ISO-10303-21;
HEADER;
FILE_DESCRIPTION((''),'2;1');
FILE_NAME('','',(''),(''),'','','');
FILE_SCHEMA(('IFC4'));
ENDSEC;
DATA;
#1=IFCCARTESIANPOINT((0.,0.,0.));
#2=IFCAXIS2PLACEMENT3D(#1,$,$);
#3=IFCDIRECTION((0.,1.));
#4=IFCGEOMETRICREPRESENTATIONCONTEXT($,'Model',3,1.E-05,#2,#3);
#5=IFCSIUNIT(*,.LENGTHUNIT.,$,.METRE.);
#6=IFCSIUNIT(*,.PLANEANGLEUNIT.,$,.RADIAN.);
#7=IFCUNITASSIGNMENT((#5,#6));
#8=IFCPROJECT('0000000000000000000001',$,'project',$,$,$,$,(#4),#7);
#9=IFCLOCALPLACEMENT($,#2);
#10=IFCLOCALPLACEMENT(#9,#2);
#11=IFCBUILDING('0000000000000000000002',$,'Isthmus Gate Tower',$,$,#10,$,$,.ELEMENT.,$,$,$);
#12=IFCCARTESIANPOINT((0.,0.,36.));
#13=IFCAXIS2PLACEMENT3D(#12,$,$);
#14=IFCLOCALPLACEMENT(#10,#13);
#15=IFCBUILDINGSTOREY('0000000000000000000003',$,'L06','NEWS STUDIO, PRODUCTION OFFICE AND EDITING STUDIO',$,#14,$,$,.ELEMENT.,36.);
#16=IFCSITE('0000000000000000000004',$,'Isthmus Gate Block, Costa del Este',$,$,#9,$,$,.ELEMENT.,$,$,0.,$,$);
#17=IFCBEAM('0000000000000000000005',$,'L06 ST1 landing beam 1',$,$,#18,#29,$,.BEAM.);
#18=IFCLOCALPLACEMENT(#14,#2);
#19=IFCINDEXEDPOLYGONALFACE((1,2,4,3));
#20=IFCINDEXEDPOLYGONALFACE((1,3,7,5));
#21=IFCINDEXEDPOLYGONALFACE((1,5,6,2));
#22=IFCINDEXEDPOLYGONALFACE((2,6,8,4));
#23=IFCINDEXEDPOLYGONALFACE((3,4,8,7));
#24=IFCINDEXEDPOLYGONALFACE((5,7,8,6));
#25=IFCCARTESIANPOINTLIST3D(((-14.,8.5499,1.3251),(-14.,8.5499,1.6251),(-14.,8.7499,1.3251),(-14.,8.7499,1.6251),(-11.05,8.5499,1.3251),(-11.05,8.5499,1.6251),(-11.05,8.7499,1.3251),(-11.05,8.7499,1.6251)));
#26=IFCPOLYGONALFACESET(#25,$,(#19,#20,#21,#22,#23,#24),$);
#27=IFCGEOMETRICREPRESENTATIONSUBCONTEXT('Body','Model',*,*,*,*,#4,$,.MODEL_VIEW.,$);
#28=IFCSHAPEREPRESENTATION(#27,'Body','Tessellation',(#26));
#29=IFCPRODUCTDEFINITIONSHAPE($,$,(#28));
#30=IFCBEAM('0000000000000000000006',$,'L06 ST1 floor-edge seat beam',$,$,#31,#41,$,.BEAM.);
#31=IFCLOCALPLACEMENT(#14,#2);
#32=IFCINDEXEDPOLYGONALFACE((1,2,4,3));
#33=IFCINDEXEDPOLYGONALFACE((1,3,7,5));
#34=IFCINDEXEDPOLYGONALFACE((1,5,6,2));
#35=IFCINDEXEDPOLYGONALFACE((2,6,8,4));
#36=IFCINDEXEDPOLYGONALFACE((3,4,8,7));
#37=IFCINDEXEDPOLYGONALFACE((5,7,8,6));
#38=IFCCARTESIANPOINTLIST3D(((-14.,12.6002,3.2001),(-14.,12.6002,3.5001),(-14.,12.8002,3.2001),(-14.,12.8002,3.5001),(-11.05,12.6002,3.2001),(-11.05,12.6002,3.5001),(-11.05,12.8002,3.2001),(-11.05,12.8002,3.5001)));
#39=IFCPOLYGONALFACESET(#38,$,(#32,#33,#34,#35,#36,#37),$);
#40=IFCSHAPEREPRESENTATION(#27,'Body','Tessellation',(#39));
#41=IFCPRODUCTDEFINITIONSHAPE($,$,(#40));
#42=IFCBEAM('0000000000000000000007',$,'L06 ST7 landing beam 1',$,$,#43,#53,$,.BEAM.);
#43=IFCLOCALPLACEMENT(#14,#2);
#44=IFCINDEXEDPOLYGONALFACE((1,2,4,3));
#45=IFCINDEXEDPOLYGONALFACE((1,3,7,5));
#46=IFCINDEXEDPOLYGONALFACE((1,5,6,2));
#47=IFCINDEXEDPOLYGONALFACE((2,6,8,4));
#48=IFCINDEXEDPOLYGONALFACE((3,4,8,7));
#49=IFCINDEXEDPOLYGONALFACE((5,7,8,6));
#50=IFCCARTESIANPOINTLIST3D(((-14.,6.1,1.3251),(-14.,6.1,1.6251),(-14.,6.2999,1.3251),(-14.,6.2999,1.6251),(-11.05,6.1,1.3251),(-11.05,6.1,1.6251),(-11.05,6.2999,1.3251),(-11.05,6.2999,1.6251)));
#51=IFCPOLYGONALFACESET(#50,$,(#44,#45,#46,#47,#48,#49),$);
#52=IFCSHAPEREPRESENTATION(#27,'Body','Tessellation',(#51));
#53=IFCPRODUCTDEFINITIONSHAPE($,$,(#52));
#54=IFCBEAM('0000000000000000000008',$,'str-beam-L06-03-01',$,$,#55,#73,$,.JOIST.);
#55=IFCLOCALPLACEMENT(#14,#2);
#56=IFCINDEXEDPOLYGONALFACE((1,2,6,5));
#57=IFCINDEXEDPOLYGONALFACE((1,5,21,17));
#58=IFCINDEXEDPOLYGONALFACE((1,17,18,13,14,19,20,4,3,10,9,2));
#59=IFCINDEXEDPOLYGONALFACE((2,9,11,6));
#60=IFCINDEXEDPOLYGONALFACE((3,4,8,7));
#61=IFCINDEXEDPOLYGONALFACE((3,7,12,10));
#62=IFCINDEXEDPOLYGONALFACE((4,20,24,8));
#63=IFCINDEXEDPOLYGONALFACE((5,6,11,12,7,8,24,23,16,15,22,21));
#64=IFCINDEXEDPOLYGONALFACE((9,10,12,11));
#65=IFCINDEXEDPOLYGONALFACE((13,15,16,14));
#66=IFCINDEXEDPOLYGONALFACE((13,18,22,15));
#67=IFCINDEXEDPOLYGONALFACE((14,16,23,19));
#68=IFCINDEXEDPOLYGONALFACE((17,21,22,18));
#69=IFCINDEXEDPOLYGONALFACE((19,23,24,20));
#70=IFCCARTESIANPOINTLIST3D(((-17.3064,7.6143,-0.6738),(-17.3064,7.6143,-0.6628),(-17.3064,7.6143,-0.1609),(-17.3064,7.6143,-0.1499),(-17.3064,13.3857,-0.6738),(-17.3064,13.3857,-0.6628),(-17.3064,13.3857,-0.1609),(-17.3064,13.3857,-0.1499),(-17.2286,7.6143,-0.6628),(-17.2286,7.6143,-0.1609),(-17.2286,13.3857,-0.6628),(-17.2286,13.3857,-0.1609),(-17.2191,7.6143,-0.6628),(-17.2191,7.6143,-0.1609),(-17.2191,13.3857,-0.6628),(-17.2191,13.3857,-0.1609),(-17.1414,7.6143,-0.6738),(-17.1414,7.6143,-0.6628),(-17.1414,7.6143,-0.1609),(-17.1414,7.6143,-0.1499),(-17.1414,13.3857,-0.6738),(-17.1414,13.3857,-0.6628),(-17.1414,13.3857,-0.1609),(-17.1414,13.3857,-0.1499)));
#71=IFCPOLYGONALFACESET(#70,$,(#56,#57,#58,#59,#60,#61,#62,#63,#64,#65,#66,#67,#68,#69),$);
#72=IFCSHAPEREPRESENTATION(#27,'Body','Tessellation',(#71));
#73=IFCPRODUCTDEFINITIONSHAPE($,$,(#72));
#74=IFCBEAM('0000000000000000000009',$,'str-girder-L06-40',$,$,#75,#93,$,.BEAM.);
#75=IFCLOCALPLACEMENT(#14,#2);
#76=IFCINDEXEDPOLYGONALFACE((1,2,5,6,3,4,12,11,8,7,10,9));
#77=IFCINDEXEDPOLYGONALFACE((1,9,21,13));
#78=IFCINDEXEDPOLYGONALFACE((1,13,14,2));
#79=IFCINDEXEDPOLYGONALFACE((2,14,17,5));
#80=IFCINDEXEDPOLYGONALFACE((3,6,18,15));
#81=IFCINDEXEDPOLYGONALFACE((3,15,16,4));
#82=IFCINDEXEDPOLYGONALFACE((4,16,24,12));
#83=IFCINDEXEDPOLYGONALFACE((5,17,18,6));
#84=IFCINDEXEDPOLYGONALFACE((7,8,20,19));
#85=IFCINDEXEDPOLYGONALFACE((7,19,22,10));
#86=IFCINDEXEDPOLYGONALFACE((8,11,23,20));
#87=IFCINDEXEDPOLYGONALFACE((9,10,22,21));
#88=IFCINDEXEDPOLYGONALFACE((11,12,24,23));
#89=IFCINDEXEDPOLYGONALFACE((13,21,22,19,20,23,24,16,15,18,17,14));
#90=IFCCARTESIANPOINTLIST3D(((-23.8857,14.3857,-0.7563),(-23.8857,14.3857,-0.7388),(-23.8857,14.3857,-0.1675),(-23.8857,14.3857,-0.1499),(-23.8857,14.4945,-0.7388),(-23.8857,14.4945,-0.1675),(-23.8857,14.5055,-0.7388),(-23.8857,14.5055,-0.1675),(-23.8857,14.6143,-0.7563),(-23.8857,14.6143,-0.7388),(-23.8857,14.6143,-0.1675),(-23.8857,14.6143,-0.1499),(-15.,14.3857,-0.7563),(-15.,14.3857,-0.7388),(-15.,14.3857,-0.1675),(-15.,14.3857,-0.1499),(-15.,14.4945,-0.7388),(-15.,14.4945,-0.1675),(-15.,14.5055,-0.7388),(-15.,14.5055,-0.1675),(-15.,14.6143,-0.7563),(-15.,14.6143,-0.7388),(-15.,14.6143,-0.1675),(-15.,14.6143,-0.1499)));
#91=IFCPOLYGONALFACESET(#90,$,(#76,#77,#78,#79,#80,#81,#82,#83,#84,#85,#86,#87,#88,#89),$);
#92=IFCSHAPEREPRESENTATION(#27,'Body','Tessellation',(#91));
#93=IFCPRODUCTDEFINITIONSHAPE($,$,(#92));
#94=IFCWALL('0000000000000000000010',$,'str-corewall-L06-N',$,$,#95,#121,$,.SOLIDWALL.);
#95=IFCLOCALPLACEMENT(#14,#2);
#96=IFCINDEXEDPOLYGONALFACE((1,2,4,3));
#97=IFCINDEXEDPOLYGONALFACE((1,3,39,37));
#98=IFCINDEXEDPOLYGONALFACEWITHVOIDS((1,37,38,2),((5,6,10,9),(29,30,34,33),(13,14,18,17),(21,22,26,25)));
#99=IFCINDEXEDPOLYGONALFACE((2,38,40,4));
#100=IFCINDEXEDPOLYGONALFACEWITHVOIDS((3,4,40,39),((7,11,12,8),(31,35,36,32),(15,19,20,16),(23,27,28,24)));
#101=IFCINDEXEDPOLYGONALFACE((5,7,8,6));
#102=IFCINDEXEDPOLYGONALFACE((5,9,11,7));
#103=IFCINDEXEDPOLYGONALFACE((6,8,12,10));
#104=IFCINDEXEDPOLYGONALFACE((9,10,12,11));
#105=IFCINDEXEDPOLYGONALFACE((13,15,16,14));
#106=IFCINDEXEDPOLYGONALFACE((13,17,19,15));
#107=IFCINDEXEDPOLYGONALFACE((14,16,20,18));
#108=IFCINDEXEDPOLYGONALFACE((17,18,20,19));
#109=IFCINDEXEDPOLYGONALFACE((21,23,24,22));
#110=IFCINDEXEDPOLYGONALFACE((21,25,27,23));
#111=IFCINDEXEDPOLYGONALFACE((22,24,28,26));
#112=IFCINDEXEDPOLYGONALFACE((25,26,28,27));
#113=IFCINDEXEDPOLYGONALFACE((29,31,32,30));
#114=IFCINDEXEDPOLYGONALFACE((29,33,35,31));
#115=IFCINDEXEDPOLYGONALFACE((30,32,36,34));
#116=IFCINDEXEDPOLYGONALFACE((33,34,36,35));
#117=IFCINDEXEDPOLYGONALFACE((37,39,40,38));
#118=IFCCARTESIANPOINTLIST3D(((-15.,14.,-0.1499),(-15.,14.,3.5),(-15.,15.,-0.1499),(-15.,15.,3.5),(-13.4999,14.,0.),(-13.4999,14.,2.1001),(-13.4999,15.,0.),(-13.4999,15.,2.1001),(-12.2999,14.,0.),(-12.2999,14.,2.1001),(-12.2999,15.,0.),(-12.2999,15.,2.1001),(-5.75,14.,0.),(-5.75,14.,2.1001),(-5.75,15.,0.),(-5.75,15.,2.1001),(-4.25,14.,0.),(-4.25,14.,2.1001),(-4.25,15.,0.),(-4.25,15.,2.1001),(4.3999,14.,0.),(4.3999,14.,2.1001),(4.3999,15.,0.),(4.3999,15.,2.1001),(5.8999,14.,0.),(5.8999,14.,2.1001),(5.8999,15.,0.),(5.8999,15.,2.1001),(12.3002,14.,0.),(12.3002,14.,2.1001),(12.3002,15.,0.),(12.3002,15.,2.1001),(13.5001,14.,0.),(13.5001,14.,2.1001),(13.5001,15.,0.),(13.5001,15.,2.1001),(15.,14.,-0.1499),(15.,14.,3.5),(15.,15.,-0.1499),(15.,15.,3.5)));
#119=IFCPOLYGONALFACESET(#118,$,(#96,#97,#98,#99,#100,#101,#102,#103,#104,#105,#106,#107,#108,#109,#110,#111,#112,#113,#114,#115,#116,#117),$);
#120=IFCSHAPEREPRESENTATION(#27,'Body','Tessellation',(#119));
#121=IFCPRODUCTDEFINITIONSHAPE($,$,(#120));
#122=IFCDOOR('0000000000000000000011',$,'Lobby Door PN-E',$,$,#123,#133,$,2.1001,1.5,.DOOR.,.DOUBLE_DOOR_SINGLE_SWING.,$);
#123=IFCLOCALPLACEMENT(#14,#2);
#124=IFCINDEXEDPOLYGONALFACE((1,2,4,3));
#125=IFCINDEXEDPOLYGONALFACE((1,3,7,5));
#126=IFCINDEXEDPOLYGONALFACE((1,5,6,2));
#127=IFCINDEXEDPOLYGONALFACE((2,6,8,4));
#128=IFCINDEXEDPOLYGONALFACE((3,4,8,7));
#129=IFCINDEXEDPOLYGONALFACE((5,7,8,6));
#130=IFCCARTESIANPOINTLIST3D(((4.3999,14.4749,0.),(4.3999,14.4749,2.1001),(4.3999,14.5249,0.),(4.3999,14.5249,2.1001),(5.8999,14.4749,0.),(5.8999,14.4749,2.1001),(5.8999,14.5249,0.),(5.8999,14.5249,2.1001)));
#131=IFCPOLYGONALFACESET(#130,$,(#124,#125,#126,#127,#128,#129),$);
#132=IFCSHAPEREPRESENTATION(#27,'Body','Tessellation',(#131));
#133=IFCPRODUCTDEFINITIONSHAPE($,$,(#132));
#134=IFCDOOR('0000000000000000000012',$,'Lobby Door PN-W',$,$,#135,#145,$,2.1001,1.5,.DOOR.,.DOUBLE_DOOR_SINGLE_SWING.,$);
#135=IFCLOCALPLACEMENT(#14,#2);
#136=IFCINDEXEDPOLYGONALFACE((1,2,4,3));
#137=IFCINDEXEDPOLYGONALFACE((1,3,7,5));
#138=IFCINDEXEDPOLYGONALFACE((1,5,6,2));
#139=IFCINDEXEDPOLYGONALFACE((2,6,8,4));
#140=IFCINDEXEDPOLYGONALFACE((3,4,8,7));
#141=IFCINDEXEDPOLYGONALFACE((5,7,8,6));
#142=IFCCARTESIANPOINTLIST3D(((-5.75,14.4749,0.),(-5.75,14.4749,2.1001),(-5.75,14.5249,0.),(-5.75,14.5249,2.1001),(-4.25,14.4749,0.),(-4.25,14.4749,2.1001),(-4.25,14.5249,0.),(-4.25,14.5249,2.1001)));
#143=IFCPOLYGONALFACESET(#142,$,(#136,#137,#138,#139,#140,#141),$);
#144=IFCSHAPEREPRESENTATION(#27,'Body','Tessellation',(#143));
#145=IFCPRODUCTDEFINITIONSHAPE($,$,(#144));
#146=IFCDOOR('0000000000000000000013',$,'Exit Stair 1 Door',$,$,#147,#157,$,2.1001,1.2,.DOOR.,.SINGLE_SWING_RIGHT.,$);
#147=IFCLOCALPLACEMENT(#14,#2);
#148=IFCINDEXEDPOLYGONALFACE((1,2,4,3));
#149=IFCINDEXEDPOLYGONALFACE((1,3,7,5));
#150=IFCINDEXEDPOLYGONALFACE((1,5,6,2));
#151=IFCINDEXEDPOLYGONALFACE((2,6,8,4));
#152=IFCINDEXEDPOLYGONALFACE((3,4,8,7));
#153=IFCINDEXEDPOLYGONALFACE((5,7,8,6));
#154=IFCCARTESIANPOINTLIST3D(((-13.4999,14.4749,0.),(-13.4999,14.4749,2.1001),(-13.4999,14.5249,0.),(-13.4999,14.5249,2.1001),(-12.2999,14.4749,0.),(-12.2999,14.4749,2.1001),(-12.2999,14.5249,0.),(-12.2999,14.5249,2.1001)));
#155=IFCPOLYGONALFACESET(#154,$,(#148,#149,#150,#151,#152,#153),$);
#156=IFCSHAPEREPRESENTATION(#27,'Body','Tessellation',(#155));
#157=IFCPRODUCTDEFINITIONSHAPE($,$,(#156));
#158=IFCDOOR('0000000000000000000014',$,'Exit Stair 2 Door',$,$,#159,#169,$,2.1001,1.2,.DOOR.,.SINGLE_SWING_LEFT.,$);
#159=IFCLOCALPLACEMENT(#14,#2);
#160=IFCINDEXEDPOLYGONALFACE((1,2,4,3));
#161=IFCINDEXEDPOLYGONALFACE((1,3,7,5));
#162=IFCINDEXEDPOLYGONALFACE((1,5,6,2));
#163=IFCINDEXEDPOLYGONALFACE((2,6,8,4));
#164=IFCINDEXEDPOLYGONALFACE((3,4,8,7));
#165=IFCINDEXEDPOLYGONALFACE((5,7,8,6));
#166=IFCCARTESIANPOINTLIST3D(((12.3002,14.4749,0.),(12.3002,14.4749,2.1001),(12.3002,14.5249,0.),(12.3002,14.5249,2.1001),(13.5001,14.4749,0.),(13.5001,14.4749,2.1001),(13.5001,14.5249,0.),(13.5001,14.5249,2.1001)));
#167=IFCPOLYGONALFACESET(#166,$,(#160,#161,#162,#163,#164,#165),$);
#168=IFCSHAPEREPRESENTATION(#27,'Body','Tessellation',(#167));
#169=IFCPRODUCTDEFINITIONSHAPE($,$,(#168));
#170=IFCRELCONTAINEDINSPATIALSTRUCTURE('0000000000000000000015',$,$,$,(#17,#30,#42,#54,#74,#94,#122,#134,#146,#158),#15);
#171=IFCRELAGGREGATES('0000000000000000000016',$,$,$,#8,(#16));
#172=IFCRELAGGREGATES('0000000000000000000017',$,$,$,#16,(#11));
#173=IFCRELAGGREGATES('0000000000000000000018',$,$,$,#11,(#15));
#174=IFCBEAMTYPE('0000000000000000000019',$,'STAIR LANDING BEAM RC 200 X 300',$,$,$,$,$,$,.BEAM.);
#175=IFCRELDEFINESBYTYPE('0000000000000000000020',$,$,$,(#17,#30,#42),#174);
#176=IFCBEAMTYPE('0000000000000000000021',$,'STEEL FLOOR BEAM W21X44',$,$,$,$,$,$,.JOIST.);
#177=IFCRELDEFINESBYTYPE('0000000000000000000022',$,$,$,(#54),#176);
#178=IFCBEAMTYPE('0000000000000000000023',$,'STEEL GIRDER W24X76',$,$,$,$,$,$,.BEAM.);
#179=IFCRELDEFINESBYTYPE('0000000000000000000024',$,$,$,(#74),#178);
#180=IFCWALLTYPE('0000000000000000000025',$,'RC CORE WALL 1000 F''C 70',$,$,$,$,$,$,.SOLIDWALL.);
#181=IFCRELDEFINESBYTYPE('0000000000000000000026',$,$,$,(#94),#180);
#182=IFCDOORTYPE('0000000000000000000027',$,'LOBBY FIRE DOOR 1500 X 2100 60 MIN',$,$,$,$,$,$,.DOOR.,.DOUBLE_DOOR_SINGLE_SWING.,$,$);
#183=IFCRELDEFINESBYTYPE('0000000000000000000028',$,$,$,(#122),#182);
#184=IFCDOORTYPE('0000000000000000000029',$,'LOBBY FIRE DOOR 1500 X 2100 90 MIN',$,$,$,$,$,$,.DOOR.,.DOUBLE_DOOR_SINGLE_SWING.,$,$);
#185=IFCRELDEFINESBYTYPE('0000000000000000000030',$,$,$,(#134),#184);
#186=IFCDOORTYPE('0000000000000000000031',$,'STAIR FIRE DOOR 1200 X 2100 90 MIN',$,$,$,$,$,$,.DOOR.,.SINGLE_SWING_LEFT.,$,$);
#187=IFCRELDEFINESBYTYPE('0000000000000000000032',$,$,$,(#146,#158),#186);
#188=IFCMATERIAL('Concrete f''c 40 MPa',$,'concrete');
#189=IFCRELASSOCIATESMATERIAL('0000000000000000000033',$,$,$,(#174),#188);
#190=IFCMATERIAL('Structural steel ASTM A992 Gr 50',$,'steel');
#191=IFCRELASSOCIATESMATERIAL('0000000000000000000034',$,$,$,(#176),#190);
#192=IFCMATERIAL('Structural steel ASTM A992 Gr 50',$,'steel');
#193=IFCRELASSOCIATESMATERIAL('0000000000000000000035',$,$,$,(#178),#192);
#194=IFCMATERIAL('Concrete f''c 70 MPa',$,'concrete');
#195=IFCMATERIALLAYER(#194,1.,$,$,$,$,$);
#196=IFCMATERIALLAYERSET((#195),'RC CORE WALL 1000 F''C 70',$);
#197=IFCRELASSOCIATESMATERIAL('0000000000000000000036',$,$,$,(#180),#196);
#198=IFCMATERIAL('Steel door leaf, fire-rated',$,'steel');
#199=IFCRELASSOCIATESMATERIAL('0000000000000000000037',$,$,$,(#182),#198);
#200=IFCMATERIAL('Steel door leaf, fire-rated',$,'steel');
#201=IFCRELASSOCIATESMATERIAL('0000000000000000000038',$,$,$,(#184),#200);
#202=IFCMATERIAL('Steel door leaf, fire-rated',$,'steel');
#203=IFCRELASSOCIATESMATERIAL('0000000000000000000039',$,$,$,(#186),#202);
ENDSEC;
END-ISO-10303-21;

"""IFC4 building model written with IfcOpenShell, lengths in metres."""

from ifc_helpers import new_model, si_unit, direction, frame, frame_2d, origin, origin_2d, place, context, subcontext, project, spatial, rectangle, i_section, extrude, material, layer, layer_set, material_profile, profile_set, type_object, element, fill, save


model = new_model("IFC4")

# Units and contexts
model_context = context("Model", 3, precision=1e-05, world=origin(), true_north=direction((0.0, 1.0)))
body_context = subcontext(model_context, "Body", "Model", "MODEL_VIEW")
ifc_project = project(units=[si_unit("LENGTHUNIT", "METRE"), si_unit("PLANEANGLEUNIT", "RADIAN")], contexts=[model_context])

# Site, building, storey
site_placement = place(None, origin())
site = spatial("IfcSite", under=ifc_project, at=site_placement, Name="Isthmus Gate Block, Costa del Este", CompositionType="ELEMENT", RefElevation=0.0)
building_placement = place(site_placement, origin())
building = spatial("IfcBuilding", under=site, at=building_placement, Name="Isthmus Gate Tower", CompositionType="ELEMENT")
storey_placement = place(building_placement, frame((0.0, 0.0, 36.0)))
storey = spatial("IfcBuildingStorey", under=building, at=storey_placement, Name="L06", Description="NEWS STUDIO, PRODUCTION OFFICE AND EDITING STUDIO", CompositionType="ELEMENT", Elevation=36.0)

# Beams
ifc_material_1 = material(Name="Concrete f'c 40 MPa", Category="concrete")
ifc_material_profile_1 = material_profile(ifc_material_1, rectangle(XDim=0.2, YDim=0.3, at=origin_2d()), Name="STAIR LANDING BEAM RC 200 X 300")
ifc_profile_set_1 = profile_set([ifc_material_profile_1], Name="Concrete f'c 40 MPa")
beam_type_1 = type_object("IfcBeamType", Name="STAIR LANDING BEAM RC 200 X 300", PredefinedType="BEAM", material=ifc_profile_set_1)
for number, where, z_axis, x_axis, name in (
    (1, (-14.0, 8.6499, 1.4751), (1.0, 0.0, 0.0), (0.0, 1.0, 0.0), "L06 ST1 landing beam 1"),
    (2, (-14.0, 12.7002, 3.3501), (1.0, 0.0, 0.0), (0.0, 1.0, 0.0), "L06 ST1 floor-edge seat beam"),
    (3, (-14.0, 6.2, 1.4751), (1.0, 0.0, 0.0), (0.0, 1.0, 0.0), "L06 ST7 landing beam 1"),
):
    element("IfcBeam", number, at=place(storey_placement, frame(where, z_axis=z_axis, x_axis=x_axis)), inside=storey, type_object=beam_type_1, Name=name, PredefinedType="BEAM", context=body_context, shape_type="SweptSolid", body=[
        extrude(rectangle(XDim=0.2, YDim=0.3, at=origin_2d()), origin(), (0.0, 0.0, 1.0), 2.95),
    ])
ifc_material_2 = material(Name="Structural steel ASTM A992 Gr 50", Category="steel")
ifc_material_profile_2 = material_profile(ifc_material_2, i_section(OverallWidth=0.165, OverallDepth=0.5239, WebThickness=0.0095, FlangeThickness=0.011, at=origin_2d()), Name="W21X44")
ifc_profile_set_2 = profile_set([ifc_material_profile_2], Name="Structural steel ASTM A992 Gr 50")
beam_type_2 = type_object("IfcBeamType", Name="STEEL FLOOR BEAM W21X44", PredefinedType="JOIST", material=ifc_profile_set_2)
beam_1_placement = place(storey_placement, frame((-17.2239, 7.6143, -0.4119), z_axis=(0.0, 1.0, 0.0), x_axis=(-1.0, 0.0, 0.0)))
element("IfcBeam", 4, at=beam_1_placement, inside=storey, type_object=beam_type_2, Name="str-beam-L06-03-01", PredefinedType="JOIST", context=body_context, shape_type="SweptSolid", body=[
    extrude(i_section(OverallWidth=0.165, OverallDepth=0.5239, WebThickness=0.0095, FlangeThickness=0.011, at=origin_2d()), origin(), (0.0, 0.0, 1.0), 5.7715),
])
ifc_material_3 = material(Name="Structural steel ASTM A992 Gr 50", Category="steel")
ifc_material_profile_3 = material_profile(ifc_material_3, i_section(OverallWidth=0.2285, OverallDepth=0.6064, WebThickness=0.011, FlangeThickness=0.0176, at=origin_2d()), Name="W24X76")
ifc_profile_set_3 = profile_set([ifc_material_profile_3], Name="Structural steel ASTM A992 Gr 50")
beam_type_3 = type_object("IfcBeamType", Name="STEEL GIRDER W24X76", PredefinedType="BEAM", material=ifc_profile_set_3)
beam_2_placement = place(storey_placement, frame((-15.0, 14.5, -0.4531), z_axis=(-1.0, 0.0, 0.0), x_axis=(0.0, -1.0, 0.0)))
element("IfcBeam", 5, at=beam_2_placement, inside=storey, type_object=beam_type_3, Name="str-girder-L06-40", PredefinedType="BEAM", context=body_context, shape_type="SweptSolid", body=[
    extrude(i_section(OverallWidth=0.2285, OverallDepth=0.6064, WebThickness=0.011, FlangeThickness=0.0176, at=origin_2d()), origin(), (0.0, 0.0, 1.0), 8.8857),
])

# Wall, openings, doors
ifc_material_4 = material(Name="Concrete f'c 70 MPa", Category="concrete")
ifc_layer_1 = layer(ifc_material_4, 1.0)
ifc_layer_set_1 = layer_set([ifc_layer_1], Name="RC CORE WALL 1000 F'C 70")
wall_type_1 = type_object("IfcWallType", Name="RC CORE WALL 1000 F'C 70", PredefinedType="SOLIDWALL", material=ifc_layer_set_1)
wall_1_placement = place(storey_placement, frame((-15.0, 14.5, -0.1499), z_axis=(0.0, 0.0, 1.0), x_axis=(1.0, 0.0, 0.0)))
wall_1 = element("IfcWall", 6, at=wall_1_placement, inside=storey, type_object=wall_type_1, Name="str-corewall-L06-N", PredefinedType="SOLIDWALL", context=body_context, shape_type="SweptSolid", body=[
    extrude(rectangle(XDim=30.0, YDim=1.0, at=frame_2d((15.0, 0.0))), origin(), (0.0, 0.0, 1.0), 3.6499),
])
opening_1_placement = place(wall_1_placement, frame((9.25, 0.0, 0.1499)))
opening_1 = element("IfcOpeningElement", 7, at=opening_1_placement, cuts=wall_1, PredefinedType="OPENING", context=body_context, shape_type="SweptSolid", body=[
    extrude(rectangle(XDim=1.5, YDim=2.1001, at=frame_2d((0.75, 1.05))), frame((0.0, 0.51, 0.0), z_axis=(0.0, -1.0, 0.0), x_axis=(1.0, 0.0, 0.0)), (0.0, 0.0, 1.0), 1.02),
])
opening_2_placement = place(wall_1_placement, frame((19.3999, 0.0, 0.1499)))
opening_2 = element("IfcOpeningElement", 8, at=opening_2_placement, cuts=wall_1, PredefinedType="OPENING", context=body_context, shape_type="SweptSolid", body=[
    extrude(rectangle(XDim=1.5, YDim=2.1001, at=frame_2d((0.75, 1.05))), frame((0.0, 0.51, 0.0), z_axis=(0.0, -1.0, 0.0), x_axis=(1.0, 0.0, 0.0)), (0.0, 0.0, 1.0), 1.02),
])
opening_3_placement = place(wall_1_placement, frame((1.5, 0.0, 0.1499)))
opening_3 = element("IfcOpeningElement", 9, at=opening_3_placement, cuts=wall_1, PredefinedType="OPENING", context=body_context, shape_type="SweptSolid", body=[
    extrude(rectangle(XDim=1.2, YDim=2.1001, at=frame_2d((0.6001, 1.05))), frame((0.0, 0.51, 0.0), z_axis=(0.0, -1.0, 0.0), x_axis=(1.0, 0.0, 0.0)), (0.0, 0.0, 1.0), 1.02),
])
opening_4_placement = place(wall_1_placement, frame((27.3, 0.0, 0.1499)))
opening_4 = element("IfcOpeningElement", 10, at=opening_4_placement, cuts=wall_1, PredefinedType="OPENING", context=body_context, shape_type="SweptSolid", body=[
    extrude(rectangle(XDim=1.2, YDim=2.1001, at=frame_2d((0.6001, 1.05))), frame((0.0, 0.51, 0.0), z_axis=(0.0, -1.0, 0.0), x_axis=(1.0, 0.0, 0.0)), (0.0, 0.0, 1.0), 1.02),
])
ifc_material_5 = material(Name="Steel door leaf, fire-rated", Category="steel")
door_type_1 = type_object("IfcDoorType", Name="LOBBY FIRE DOOR 1500 X 2100 60 MIN", OperationType="DOUBLE_DOOR_SINGLE_SWING", PredefinedType="DOOR", material=ifc_material_5)
door_1_placement = place(opening_2_placement, origin())
door_1 = element("IfcDoor", 11, at=door_1_placement, inside=storey, type_object=door_type_1, Name="Lobby Door PN-E", OperationType="DOUBLE_DOOR_SINGLE_SWING", OverallHeight=2.1001, OverallWidth=1.5, PredefinedType="DOOR", context=body_context, shape_type="SweptSolid", body=[
    extrude(rectangle(XDim=1.5, YDim=2.1001, at=frame_2d((0.75, 1.05))), frame((0.0, 0.0249, 0.0), z_axis=(0.0, -1.0, 0.0), x_axis=(1.0, 0.0, 0.0)), (0.0, 0.0, 1.0), 0.05),
])
fill(opening_2, door_1)
ifc_material_6 = material(Name="Steel door leaf, fire-rated", Category="steel")
door_type_2 = type_object("IfcDoorType", Name="LOBBY FIRE DOOR 1500 X 2100 90 MIN", OperationType="DOUBLE_DOOR_SINGLE_SWING", PredefinedType="DOOR", material=ifc_material_6)
door_2_placement = place(opening_1_placement, origin())
door_2 = element("IfcDoor", 12, at=door_2_placement, inside=storey, type_object=door_type_2, Name="Lobby Door PN-W", OperationType="DOUBLE_DOOR_SINGLE_SWING", OverallHeight=2.1001, OverallWidth=1.5, PredefinedType="DOOR", context=body_context, shape_type="SweptSolid", body=[
    extrude(rectangle(XDim=1.5, YDim=2.1001, at=frame_2d((0.75, 1.05))), frame((0.0, 0.0249, 0.0), z_axis=(0.0, -1.0, 0.0), x_axis=(1.0, 0.0, 0.0)), (0.0, 0.0, 1.0), 0.05),
])
fill(opening_1, door_2)
ifc_material_7 = material(Name="Steel door leaf, fire-rated", Category="steel")
door_type_3 = type_object("IfcDoorType", Name="STAIR FIRE DOOR 1200 X 2100 90 MIN", OperationType="SINGLE_SWING_LEFT", PredefinedType="DOOR", material=ifc_material_7)
door_3_placement = place(opening_3_placement, origin())
door_3 = element("IfcDoor", 13, at=door_3_placement, inside=storey, type_object=door_type_3, Name="Exit Stair 1 Door", OperationType="SINGLE_SWING_RIGHT", OverallHeight=2.1001, OverallWidth=1.2, PredefinedType="DOOR", context=body_context, shape_type="SweptSolid", body=[
    extrude(rectangle(XDim=1.2, YDim=2.1001, at=frame_2d((0.6001, 1.05))), frame((0.0, 0.0249, 0.0), z_axis=(0.0, -1.0, 0.0), x_axis=(1.0, 0.0, 0.0)), (0.0, 0.0, 1.0), 0.05),
])
fill(opening_3, door_3)
door_4_placement = place(opening_4_placement, origin())
door_4 = element("IfcDoor", 14, at=door_4_placement, inside=storey, type_object=door_type_3, Name="Exit Stair 2 Door", OperationType="SINGLE_SWING_LEFT", OverallHeight=2.1001, OverallWidth=1.2, PredefinedType="DOOR", context=body_context, shape_type="SweptSolid", body=[
    extrude(rectangle(XDim=1.2, YDim=2.1001, at=frame_2d((0.6001, 1.05))), frame((0.0, 0.0249, 0.0), z_axis=(0.0, -1.0, 0.0), x_axis=(1.0, 0.0, 0.0)), (0.0, 0.0, 1.0), 0.05),
])
fill(opening_4, door_4)

save(model, "model.ifc")
